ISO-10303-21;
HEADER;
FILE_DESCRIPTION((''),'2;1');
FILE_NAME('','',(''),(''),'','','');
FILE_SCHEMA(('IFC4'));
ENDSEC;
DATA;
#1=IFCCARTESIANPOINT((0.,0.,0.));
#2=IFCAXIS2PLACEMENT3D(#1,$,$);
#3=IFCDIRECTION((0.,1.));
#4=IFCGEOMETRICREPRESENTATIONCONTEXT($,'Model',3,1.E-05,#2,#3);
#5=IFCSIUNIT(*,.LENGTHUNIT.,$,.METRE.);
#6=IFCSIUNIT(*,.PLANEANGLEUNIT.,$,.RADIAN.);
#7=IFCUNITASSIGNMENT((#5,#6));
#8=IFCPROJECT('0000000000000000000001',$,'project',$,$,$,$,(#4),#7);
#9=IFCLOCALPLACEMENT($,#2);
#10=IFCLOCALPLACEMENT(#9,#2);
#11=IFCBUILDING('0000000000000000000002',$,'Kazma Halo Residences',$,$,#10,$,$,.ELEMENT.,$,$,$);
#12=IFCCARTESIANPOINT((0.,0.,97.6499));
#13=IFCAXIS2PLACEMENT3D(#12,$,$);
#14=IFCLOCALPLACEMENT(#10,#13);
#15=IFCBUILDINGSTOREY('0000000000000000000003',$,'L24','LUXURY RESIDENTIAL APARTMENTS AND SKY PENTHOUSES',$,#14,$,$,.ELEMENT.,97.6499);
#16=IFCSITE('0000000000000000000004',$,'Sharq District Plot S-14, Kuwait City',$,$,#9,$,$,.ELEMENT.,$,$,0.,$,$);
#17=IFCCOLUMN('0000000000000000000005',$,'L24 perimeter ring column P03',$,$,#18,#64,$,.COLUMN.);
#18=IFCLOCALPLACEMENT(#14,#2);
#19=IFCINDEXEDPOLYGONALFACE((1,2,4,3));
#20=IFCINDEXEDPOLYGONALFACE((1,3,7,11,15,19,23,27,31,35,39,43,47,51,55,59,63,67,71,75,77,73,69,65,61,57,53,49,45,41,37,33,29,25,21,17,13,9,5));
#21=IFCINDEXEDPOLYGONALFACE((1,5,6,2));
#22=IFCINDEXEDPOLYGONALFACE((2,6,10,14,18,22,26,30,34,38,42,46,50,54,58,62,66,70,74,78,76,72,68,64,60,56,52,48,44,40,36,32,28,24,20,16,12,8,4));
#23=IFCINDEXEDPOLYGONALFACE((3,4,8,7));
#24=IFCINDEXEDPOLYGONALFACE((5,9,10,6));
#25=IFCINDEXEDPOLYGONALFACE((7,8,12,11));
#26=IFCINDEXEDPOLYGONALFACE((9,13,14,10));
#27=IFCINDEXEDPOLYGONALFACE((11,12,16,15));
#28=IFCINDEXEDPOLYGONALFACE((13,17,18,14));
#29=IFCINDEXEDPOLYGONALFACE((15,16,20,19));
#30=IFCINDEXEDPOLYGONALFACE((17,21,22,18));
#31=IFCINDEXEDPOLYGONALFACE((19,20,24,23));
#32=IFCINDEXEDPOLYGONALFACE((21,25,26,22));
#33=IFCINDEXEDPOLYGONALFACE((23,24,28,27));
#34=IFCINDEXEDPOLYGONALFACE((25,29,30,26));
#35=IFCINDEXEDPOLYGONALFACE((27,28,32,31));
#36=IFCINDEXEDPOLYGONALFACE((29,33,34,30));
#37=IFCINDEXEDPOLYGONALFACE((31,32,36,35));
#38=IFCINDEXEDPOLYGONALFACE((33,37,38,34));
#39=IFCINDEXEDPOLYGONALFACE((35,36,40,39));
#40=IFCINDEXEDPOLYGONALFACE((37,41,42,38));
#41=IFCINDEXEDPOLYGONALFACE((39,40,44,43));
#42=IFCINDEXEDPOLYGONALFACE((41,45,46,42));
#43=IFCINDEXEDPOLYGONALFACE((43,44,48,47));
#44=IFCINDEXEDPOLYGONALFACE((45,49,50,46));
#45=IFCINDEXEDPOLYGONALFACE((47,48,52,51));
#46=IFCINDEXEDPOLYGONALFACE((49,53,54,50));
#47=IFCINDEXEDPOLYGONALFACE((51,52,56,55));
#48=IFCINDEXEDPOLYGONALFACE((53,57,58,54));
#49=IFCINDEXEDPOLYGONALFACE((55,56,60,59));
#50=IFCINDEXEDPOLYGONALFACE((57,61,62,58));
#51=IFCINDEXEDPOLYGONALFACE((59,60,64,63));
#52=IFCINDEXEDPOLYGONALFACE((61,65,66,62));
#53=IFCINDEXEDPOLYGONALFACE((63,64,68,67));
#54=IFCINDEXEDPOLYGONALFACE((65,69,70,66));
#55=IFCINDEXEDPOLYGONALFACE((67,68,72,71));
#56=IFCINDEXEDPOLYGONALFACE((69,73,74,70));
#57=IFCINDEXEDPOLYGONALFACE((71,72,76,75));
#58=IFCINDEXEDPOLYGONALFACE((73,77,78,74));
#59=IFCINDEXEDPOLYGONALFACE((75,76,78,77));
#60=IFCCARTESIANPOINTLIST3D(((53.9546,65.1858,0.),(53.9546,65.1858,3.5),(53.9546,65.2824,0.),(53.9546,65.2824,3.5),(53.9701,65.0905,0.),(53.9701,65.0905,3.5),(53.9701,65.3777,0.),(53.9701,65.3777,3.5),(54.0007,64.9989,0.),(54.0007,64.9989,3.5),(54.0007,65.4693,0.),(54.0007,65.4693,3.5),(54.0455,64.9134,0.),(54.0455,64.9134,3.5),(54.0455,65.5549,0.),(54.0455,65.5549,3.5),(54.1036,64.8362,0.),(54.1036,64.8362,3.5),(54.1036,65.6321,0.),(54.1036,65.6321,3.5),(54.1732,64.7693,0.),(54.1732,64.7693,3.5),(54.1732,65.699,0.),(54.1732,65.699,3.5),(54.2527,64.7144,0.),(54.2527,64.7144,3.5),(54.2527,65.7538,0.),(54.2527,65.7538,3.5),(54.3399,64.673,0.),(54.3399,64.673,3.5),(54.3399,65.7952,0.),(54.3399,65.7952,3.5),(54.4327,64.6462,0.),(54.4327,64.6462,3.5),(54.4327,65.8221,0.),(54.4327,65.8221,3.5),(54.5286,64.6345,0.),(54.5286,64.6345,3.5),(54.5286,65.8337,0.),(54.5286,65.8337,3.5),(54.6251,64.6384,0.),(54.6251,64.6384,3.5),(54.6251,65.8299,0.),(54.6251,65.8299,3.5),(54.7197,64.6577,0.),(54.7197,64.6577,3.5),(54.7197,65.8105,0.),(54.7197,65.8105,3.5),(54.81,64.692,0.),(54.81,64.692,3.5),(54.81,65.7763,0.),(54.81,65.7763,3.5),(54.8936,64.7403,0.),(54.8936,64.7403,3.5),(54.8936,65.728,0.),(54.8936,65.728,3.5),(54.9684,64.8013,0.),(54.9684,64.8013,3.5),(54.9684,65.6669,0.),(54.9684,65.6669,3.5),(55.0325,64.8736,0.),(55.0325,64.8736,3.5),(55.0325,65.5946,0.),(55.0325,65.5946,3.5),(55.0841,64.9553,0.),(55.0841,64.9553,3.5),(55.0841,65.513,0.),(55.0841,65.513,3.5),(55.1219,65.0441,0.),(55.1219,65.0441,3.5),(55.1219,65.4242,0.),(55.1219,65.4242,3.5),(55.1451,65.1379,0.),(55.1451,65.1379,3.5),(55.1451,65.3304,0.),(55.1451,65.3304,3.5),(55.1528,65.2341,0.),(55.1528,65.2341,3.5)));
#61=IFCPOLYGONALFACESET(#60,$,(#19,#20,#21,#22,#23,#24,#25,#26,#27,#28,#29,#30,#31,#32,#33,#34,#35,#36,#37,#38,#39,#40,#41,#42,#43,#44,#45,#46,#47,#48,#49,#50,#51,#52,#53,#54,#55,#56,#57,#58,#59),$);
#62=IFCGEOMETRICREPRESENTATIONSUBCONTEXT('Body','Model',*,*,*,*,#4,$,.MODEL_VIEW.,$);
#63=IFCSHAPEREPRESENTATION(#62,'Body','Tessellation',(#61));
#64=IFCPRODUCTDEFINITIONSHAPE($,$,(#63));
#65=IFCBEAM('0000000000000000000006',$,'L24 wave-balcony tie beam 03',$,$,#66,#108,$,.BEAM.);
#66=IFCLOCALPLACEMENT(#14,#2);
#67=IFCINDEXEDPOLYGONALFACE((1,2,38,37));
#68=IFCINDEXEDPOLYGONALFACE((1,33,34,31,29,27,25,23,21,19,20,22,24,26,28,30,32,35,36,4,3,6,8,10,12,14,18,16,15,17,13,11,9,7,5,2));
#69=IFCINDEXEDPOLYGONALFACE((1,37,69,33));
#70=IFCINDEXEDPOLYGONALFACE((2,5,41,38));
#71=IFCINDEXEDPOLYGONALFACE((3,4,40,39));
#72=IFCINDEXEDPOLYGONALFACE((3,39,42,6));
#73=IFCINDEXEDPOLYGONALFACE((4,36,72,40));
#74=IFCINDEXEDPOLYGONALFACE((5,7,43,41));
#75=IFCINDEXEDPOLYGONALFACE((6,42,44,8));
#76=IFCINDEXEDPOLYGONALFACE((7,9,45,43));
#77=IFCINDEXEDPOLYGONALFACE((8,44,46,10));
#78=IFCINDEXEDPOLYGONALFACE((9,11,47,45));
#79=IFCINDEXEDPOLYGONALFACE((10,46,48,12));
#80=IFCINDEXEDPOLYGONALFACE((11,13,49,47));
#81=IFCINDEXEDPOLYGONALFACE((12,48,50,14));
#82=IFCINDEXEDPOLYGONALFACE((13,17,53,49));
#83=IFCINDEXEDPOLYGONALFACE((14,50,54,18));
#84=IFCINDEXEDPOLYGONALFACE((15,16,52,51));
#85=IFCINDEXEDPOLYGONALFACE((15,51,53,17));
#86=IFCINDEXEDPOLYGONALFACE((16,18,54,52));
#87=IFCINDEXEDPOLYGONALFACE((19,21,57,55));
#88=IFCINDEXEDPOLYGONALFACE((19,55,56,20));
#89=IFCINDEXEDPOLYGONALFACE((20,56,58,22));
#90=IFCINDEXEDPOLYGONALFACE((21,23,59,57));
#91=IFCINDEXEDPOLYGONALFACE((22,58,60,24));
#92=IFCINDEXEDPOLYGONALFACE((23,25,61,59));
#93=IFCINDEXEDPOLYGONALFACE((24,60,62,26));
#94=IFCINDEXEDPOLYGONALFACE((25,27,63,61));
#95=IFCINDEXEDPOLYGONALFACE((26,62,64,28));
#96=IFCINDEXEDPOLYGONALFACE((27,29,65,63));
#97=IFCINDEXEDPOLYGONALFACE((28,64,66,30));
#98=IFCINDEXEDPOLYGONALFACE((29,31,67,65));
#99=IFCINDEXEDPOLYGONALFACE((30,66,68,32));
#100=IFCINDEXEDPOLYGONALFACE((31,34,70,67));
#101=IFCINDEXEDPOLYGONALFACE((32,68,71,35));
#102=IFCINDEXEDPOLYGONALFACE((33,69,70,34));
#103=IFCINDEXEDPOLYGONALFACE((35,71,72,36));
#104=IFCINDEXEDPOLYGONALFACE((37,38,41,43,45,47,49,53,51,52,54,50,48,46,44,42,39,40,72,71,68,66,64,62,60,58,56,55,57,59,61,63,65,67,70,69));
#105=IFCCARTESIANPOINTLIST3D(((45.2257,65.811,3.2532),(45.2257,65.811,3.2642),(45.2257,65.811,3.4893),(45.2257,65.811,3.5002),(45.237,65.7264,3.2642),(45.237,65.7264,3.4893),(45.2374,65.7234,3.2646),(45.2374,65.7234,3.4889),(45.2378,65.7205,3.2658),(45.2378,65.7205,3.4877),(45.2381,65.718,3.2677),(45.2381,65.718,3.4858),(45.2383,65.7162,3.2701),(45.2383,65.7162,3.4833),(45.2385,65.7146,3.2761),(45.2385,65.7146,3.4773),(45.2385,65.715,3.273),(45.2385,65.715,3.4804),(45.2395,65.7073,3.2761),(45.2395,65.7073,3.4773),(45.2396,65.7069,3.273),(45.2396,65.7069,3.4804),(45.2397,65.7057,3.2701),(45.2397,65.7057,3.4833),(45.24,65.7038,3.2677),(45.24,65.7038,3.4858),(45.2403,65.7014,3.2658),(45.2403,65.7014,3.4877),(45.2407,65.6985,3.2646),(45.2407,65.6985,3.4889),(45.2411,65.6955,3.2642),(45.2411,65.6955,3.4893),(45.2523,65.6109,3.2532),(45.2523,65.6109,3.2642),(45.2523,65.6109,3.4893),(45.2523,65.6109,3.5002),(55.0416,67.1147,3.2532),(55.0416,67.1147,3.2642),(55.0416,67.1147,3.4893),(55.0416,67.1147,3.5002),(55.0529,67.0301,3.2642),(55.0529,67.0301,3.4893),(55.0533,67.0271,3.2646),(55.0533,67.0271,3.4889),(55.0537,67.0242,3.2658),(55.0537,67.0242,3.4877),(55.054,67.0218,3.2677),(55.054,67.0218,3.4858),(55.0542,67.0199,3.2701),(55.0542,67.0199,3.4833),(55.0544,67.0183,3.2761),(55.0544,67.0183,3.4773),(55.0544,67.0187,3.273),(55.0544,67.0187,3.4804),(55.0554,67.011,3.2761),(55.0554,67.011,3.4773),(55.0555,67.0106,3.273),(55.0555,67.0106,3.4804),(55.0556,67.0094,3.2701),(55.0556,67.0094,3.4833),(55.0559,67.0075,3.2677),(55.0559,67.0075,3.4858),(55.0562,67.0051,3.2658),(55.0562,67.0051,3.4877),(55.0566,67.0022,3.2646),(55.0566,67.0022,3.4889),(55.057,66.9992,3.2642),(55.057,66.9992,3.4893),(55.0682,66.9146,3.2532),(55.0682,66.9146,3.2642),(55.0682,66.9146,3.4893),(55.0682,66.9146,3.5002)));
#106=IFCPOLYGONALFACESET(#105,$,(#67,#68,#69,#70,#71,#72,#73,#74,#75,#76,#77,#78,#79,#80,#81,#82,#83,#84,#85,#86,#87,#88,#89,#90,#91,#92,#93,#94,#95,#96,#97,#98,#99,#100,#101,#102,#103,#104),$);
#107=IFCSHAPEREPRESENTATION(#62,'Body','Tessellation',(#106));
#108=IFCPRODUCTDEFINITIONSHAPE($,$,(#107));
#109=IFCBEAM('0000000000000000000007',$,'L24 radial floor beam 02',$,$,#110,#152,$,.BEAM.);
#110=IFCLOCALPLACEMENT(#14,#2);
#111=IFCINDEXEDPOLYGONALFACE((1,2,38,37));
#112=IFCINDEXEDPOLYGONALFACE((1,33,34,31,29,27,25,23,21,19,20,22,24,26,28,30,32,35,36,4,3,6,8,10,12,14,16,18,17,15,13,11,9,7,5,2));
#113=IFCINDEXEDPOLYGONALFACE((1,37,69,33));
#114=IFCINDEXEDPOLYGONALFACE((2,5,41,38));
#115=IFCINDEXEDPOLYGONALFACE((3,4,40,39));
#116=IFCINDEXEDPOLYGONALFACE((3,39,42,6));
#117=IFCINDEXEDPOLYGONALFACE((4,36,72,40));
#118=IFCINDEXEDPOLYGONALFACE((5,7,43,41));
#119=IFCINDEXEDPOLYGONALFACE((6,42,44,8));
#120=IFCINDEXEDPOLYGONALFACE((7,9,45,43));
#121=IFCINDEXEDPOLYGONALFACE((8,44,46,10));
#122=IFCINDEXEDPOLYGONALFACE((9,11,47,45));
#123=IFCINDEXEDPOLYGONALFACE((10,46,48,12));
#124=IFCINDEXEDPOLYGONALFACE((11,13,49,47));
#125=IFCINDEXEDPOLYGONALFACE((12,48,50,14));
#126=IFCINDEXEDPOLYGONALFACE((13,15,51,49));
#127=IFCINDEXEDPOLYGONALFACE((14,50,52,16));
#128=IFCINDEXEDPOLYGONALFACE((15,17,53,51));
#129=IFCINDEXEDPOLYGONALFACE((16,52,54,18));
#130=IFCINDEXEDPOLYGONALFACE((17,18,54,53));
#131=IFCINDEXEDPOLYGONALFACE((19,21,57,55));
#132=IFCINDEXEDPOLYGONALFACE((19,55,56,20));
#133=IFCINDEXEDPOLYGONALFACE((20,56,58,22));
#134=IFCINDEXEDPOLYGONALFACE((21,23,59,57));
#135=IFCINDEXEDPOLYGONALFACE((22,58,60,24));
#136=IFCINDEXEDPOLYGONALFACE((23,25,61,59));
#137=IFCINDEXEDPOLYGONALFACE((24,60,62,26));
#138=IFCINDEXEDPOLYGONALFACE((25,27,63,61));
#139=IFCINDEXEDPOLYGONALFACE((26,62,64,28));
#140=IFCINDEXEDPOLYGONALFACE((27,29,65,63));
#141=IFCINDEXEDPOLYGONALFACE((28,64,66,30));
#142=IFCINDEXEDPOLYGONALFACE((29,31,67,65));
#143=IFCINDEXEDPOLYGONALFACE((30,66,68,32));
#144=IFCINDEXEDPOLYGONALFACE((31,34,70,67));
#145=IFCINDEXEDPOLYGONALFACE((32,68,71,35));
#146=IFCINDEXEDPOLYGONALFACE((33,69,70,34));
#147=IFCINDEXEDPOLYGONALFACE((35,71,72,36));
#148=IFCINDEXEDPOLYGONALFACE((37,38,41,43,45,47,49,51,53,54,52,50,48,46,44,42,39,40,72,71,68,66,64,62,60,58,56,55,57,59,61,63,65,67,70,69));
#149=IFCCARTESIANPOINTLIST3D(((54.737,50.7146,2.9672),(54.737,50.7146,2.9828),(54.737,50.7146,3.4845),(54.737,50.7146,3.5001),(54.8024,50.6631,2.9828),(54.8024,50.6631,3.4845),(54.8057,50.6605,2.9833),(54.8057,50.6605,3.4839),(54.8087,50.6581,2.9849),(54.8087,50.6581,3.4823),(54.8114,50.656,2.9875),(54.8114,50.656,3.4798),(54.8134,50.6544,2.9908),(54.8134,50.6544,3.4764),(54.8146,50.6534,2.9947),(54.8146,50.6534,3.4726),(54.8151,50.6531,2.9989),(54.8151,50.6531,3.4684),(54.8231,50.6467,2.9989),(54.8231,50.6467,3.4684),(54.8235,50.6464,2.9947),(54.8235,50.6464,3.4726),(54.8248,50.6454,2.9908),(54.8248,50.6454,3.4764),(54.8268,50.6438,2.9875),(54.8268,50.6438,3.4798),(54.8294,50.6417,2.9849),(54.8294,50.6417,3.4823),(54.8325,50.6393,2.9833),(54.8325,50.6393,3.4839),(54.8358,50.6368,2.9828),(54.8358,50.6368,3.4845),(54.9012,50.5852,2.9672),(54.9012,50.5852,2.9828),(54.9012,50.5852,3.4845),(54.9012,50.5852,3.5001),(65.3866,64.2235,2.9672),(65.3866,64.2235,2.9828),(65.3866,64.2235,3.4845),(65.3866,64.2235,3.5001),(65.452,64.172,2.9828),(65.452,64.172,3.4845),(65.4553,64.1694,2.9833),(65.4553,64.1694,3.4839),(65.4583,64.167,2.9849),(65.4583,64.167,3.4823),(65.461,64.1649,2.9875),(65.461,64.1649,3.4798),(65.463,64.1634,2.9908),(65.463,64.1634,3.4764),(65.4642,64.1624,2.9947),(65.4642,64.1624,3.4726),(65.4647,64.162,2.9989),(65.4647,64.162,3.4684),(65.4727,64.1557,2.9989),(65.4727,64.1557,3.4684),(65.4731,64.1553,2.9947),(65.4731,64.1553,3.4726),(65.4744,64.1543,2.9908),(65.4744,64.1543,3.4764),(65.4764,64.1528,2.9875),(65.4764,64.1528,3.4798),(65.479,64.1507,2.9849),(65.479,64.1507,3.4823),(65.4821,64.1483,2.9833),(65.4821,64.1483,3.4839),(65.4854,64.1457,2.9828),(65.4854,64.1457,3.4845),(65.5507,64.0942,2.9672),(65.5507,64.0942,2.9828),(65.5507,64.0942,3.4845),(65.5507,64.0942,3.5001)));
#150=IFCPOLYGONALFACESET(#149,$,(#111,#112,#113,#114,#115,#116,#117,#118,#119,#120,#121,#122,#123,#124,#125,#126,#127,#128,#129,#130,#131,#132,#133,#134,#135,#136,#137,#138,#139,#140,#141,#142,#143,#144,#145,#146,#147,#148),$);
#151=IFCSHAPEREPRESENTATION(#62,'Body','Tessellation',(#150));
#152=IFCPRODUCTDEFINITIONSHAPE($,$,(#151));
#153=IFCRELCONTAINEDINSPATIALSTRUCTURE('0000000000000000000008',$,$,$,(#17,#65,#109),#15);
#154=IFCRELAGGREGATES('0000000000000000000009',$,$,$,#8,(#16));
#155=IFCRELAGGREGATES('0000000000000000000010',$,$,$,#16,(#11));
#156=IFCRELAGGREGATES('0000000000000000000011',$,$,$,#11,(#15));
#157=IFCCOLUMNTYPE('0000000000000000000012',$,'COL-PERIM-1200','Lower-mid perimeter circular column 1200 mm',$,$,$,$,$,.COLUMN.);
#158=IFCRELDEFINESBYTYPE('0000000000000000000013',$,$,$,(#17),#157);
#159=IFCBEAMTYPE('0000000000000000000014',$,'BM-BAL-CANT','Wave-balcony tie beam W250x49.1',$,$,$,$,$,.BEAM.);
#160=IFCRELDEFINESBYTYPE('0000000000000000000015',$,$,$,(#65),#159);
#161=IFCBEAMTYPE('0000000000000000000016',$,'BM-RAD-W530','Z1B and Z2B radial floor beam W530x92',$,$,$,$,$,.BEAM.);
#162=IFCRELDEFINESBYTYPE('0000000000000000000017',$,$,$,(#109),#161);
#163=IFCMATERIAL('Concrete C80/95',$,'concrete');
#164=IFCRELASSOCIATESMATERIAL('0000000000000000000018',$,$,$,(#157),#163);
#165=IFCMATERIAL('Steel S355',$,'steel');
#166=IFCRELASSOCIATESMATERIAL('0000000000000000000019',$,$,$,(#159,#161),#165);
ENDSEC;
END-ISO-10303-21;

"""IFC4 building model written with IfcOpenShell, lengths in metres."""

from ifc_helpers import new_model, si_unit, direction, frame, origin, origin_2d, place, context, subcontext, project, spatial, circle, i_section, extrude, material, material_profile, profile_set, type_object, element, save


model = new_model("IFC4")

# Units and contexts
model_context = context("Model", 3, precision=1e-05, world=origin(), true_north=direction((0.0, 1.0)))
body_context = subcontext(model_context, "Body", "Model", "MODEL_VIEW")
ifc_project = project(units=[si_unit("LENGTHUNIT", "METRE"), si_unit("PLANEANGLEUNIT", "RADIAN")], contexts=[model_context])

# Site, building, storey
site_placement = place(None, origin())
site = spatial("IfcSite", under=ifc_project, at=site_placement, Name="Sharq District Plot S-14, Kuwait City", CompositionType="ELEMENT", RefElevation=0.0)
building_placement = place(site_placement, origin())
building = spatial("IfcBuilding", under=site, at=building_placement, Name="Kazma Halo Residences", CompositionType="ELEMENT")
storey_placement = place(building_placement, frame((0.0, 0.0, 97.6499)))
storey = spatial("IfcBuildingStorey", under=building, at=storey_placement, Name="L24", Description="LUXURY RESIDENTIAL APARTMENTS AND SKY PENTHOUSES", CompositionType="ELEMENT", Elevation=97.6499)

# Column
ifc_material_1 = material(Name="Concrete C80/95", Category="concrete")
ifc_material_profile_1 = material_profile(ifc_material_1, circle(Radius=0.6001, at=origin_2d()), Name="CIRC1200")
ifc_profile_set_1 = profile_set([ifc_material_profile_1], Name="Concrete C80/95")
column_type = type_object("IfcColumnType", Name="COL-PERIM-1200", Description="Lower-mid perimeter circular column 1200 mm", PredefinedType="COLUMN", material=ifc_profile_set_1)
column_placement = place(storey_placement, frame((54.5527, 65.2341, 0.0), z_axis=(0.0, 0.0, 1.0), x_axis=(1.0, 0.0, 0.0)))
element("IfcColumn", 1, at=column_placement, inside=storey, type_object=column_type, Name="L24 perimeter ring column P03", PredefinedType="COLUMN", context=body_context, shape_type="SweptSolid", body=[
    extrude(circle(Radius=0.6001, at=origin_2d()), origin(), (0.0, 0.0, 1.0), 3.5),
])

# Beams
ifc_material_2 = material(Name="Steel S355", Category="steel")
ifc_material_profile_2 = material_profile(ifc_material_2, i_section(OverallWidth=0.2019, OverallDepth=0.2471, WebThickness=0.0073, FlangeThickness=0.011, FilletRadius=0.012, at=origin_2d()), Name="W250x49.1")
ifc_profile_set_2 = profile_set([ifc_material_profile_2], Name="Steel S355")
beam_type_1 = type_object("IfcBeamType", Name="BM-BAL-CANT", Description="Wave-balcony tie beam W250x49.1", PredefinedType="BEAM", material=ifc_profile_set_2)
beam_1_placement = place(storey_placement, frame((55.0549, 67.0146, 3.3767), z_axis=(-0.991295, -0.13166, 0.0), x_axis=(0.13166, -0.991295, 0.0)))
element("IfcBeam", 2, at=beam_1_placement, inside=storey, type_object=beam_type_1, Name="L24 wave-balcony tie beam 03", PredefinedType="BEAM", context=body_context, shape_type="SweptSolid", body=[
    extrude(i_section(OverallWidth=0.2019, OverallDepth=0.2471, WebThickness=0.0073, FlangeThickness=0.011, FilletRadius=0.012, at=origin_2d()), origin(), (0.0, 0.0, 1.0), 9.9021),
])
ifc_material_profile_3 = material_profile(ifc_material_2, i_section(OverallWidth=0.209, OverallDepth=0.533, WebThickness=0.0103, FlangeThickness=0.0156, FilletRadius=0.0161, at=origin_2d()), Name="W530x92")
ifc_profile_set_3 = profile_set([ifc_material_profile_3], Name="Steel S355")
beam_type_2 = type_object("IfcBeamType", Name="BM-RAD-W530", Description="Z1B and Z2B radial floor beam W530x92", PredefinedType="BEAM", material=ifc_profile_set_3)
beam_2_placement = place(storey_placement, frame((54.8191, 50.6499, 3.2336), z_axis=(0.619094, 0.785317, 0.0), x_axis=(-0.785317, 0.619094, 0.0)))
element("IfcBeam", 3, at=beam_2_placement, inside=storey, type_object=beam_type_2, Name="L24 radial floor beam 02", PredefinedType="BEAM", context=body_context, shape_type="SweptSolid", body=[
    extrude(i_section(OverallWidth=0.209, OverallDepth=0.533, WebThickness=0.0103, FlangeThickness=0.0156, FilletRadius=0.0161, at=origin_2d()), origin(), (0.0, 0.0, 1.0), 17.2019),
])

save(model, "model.ifc")
